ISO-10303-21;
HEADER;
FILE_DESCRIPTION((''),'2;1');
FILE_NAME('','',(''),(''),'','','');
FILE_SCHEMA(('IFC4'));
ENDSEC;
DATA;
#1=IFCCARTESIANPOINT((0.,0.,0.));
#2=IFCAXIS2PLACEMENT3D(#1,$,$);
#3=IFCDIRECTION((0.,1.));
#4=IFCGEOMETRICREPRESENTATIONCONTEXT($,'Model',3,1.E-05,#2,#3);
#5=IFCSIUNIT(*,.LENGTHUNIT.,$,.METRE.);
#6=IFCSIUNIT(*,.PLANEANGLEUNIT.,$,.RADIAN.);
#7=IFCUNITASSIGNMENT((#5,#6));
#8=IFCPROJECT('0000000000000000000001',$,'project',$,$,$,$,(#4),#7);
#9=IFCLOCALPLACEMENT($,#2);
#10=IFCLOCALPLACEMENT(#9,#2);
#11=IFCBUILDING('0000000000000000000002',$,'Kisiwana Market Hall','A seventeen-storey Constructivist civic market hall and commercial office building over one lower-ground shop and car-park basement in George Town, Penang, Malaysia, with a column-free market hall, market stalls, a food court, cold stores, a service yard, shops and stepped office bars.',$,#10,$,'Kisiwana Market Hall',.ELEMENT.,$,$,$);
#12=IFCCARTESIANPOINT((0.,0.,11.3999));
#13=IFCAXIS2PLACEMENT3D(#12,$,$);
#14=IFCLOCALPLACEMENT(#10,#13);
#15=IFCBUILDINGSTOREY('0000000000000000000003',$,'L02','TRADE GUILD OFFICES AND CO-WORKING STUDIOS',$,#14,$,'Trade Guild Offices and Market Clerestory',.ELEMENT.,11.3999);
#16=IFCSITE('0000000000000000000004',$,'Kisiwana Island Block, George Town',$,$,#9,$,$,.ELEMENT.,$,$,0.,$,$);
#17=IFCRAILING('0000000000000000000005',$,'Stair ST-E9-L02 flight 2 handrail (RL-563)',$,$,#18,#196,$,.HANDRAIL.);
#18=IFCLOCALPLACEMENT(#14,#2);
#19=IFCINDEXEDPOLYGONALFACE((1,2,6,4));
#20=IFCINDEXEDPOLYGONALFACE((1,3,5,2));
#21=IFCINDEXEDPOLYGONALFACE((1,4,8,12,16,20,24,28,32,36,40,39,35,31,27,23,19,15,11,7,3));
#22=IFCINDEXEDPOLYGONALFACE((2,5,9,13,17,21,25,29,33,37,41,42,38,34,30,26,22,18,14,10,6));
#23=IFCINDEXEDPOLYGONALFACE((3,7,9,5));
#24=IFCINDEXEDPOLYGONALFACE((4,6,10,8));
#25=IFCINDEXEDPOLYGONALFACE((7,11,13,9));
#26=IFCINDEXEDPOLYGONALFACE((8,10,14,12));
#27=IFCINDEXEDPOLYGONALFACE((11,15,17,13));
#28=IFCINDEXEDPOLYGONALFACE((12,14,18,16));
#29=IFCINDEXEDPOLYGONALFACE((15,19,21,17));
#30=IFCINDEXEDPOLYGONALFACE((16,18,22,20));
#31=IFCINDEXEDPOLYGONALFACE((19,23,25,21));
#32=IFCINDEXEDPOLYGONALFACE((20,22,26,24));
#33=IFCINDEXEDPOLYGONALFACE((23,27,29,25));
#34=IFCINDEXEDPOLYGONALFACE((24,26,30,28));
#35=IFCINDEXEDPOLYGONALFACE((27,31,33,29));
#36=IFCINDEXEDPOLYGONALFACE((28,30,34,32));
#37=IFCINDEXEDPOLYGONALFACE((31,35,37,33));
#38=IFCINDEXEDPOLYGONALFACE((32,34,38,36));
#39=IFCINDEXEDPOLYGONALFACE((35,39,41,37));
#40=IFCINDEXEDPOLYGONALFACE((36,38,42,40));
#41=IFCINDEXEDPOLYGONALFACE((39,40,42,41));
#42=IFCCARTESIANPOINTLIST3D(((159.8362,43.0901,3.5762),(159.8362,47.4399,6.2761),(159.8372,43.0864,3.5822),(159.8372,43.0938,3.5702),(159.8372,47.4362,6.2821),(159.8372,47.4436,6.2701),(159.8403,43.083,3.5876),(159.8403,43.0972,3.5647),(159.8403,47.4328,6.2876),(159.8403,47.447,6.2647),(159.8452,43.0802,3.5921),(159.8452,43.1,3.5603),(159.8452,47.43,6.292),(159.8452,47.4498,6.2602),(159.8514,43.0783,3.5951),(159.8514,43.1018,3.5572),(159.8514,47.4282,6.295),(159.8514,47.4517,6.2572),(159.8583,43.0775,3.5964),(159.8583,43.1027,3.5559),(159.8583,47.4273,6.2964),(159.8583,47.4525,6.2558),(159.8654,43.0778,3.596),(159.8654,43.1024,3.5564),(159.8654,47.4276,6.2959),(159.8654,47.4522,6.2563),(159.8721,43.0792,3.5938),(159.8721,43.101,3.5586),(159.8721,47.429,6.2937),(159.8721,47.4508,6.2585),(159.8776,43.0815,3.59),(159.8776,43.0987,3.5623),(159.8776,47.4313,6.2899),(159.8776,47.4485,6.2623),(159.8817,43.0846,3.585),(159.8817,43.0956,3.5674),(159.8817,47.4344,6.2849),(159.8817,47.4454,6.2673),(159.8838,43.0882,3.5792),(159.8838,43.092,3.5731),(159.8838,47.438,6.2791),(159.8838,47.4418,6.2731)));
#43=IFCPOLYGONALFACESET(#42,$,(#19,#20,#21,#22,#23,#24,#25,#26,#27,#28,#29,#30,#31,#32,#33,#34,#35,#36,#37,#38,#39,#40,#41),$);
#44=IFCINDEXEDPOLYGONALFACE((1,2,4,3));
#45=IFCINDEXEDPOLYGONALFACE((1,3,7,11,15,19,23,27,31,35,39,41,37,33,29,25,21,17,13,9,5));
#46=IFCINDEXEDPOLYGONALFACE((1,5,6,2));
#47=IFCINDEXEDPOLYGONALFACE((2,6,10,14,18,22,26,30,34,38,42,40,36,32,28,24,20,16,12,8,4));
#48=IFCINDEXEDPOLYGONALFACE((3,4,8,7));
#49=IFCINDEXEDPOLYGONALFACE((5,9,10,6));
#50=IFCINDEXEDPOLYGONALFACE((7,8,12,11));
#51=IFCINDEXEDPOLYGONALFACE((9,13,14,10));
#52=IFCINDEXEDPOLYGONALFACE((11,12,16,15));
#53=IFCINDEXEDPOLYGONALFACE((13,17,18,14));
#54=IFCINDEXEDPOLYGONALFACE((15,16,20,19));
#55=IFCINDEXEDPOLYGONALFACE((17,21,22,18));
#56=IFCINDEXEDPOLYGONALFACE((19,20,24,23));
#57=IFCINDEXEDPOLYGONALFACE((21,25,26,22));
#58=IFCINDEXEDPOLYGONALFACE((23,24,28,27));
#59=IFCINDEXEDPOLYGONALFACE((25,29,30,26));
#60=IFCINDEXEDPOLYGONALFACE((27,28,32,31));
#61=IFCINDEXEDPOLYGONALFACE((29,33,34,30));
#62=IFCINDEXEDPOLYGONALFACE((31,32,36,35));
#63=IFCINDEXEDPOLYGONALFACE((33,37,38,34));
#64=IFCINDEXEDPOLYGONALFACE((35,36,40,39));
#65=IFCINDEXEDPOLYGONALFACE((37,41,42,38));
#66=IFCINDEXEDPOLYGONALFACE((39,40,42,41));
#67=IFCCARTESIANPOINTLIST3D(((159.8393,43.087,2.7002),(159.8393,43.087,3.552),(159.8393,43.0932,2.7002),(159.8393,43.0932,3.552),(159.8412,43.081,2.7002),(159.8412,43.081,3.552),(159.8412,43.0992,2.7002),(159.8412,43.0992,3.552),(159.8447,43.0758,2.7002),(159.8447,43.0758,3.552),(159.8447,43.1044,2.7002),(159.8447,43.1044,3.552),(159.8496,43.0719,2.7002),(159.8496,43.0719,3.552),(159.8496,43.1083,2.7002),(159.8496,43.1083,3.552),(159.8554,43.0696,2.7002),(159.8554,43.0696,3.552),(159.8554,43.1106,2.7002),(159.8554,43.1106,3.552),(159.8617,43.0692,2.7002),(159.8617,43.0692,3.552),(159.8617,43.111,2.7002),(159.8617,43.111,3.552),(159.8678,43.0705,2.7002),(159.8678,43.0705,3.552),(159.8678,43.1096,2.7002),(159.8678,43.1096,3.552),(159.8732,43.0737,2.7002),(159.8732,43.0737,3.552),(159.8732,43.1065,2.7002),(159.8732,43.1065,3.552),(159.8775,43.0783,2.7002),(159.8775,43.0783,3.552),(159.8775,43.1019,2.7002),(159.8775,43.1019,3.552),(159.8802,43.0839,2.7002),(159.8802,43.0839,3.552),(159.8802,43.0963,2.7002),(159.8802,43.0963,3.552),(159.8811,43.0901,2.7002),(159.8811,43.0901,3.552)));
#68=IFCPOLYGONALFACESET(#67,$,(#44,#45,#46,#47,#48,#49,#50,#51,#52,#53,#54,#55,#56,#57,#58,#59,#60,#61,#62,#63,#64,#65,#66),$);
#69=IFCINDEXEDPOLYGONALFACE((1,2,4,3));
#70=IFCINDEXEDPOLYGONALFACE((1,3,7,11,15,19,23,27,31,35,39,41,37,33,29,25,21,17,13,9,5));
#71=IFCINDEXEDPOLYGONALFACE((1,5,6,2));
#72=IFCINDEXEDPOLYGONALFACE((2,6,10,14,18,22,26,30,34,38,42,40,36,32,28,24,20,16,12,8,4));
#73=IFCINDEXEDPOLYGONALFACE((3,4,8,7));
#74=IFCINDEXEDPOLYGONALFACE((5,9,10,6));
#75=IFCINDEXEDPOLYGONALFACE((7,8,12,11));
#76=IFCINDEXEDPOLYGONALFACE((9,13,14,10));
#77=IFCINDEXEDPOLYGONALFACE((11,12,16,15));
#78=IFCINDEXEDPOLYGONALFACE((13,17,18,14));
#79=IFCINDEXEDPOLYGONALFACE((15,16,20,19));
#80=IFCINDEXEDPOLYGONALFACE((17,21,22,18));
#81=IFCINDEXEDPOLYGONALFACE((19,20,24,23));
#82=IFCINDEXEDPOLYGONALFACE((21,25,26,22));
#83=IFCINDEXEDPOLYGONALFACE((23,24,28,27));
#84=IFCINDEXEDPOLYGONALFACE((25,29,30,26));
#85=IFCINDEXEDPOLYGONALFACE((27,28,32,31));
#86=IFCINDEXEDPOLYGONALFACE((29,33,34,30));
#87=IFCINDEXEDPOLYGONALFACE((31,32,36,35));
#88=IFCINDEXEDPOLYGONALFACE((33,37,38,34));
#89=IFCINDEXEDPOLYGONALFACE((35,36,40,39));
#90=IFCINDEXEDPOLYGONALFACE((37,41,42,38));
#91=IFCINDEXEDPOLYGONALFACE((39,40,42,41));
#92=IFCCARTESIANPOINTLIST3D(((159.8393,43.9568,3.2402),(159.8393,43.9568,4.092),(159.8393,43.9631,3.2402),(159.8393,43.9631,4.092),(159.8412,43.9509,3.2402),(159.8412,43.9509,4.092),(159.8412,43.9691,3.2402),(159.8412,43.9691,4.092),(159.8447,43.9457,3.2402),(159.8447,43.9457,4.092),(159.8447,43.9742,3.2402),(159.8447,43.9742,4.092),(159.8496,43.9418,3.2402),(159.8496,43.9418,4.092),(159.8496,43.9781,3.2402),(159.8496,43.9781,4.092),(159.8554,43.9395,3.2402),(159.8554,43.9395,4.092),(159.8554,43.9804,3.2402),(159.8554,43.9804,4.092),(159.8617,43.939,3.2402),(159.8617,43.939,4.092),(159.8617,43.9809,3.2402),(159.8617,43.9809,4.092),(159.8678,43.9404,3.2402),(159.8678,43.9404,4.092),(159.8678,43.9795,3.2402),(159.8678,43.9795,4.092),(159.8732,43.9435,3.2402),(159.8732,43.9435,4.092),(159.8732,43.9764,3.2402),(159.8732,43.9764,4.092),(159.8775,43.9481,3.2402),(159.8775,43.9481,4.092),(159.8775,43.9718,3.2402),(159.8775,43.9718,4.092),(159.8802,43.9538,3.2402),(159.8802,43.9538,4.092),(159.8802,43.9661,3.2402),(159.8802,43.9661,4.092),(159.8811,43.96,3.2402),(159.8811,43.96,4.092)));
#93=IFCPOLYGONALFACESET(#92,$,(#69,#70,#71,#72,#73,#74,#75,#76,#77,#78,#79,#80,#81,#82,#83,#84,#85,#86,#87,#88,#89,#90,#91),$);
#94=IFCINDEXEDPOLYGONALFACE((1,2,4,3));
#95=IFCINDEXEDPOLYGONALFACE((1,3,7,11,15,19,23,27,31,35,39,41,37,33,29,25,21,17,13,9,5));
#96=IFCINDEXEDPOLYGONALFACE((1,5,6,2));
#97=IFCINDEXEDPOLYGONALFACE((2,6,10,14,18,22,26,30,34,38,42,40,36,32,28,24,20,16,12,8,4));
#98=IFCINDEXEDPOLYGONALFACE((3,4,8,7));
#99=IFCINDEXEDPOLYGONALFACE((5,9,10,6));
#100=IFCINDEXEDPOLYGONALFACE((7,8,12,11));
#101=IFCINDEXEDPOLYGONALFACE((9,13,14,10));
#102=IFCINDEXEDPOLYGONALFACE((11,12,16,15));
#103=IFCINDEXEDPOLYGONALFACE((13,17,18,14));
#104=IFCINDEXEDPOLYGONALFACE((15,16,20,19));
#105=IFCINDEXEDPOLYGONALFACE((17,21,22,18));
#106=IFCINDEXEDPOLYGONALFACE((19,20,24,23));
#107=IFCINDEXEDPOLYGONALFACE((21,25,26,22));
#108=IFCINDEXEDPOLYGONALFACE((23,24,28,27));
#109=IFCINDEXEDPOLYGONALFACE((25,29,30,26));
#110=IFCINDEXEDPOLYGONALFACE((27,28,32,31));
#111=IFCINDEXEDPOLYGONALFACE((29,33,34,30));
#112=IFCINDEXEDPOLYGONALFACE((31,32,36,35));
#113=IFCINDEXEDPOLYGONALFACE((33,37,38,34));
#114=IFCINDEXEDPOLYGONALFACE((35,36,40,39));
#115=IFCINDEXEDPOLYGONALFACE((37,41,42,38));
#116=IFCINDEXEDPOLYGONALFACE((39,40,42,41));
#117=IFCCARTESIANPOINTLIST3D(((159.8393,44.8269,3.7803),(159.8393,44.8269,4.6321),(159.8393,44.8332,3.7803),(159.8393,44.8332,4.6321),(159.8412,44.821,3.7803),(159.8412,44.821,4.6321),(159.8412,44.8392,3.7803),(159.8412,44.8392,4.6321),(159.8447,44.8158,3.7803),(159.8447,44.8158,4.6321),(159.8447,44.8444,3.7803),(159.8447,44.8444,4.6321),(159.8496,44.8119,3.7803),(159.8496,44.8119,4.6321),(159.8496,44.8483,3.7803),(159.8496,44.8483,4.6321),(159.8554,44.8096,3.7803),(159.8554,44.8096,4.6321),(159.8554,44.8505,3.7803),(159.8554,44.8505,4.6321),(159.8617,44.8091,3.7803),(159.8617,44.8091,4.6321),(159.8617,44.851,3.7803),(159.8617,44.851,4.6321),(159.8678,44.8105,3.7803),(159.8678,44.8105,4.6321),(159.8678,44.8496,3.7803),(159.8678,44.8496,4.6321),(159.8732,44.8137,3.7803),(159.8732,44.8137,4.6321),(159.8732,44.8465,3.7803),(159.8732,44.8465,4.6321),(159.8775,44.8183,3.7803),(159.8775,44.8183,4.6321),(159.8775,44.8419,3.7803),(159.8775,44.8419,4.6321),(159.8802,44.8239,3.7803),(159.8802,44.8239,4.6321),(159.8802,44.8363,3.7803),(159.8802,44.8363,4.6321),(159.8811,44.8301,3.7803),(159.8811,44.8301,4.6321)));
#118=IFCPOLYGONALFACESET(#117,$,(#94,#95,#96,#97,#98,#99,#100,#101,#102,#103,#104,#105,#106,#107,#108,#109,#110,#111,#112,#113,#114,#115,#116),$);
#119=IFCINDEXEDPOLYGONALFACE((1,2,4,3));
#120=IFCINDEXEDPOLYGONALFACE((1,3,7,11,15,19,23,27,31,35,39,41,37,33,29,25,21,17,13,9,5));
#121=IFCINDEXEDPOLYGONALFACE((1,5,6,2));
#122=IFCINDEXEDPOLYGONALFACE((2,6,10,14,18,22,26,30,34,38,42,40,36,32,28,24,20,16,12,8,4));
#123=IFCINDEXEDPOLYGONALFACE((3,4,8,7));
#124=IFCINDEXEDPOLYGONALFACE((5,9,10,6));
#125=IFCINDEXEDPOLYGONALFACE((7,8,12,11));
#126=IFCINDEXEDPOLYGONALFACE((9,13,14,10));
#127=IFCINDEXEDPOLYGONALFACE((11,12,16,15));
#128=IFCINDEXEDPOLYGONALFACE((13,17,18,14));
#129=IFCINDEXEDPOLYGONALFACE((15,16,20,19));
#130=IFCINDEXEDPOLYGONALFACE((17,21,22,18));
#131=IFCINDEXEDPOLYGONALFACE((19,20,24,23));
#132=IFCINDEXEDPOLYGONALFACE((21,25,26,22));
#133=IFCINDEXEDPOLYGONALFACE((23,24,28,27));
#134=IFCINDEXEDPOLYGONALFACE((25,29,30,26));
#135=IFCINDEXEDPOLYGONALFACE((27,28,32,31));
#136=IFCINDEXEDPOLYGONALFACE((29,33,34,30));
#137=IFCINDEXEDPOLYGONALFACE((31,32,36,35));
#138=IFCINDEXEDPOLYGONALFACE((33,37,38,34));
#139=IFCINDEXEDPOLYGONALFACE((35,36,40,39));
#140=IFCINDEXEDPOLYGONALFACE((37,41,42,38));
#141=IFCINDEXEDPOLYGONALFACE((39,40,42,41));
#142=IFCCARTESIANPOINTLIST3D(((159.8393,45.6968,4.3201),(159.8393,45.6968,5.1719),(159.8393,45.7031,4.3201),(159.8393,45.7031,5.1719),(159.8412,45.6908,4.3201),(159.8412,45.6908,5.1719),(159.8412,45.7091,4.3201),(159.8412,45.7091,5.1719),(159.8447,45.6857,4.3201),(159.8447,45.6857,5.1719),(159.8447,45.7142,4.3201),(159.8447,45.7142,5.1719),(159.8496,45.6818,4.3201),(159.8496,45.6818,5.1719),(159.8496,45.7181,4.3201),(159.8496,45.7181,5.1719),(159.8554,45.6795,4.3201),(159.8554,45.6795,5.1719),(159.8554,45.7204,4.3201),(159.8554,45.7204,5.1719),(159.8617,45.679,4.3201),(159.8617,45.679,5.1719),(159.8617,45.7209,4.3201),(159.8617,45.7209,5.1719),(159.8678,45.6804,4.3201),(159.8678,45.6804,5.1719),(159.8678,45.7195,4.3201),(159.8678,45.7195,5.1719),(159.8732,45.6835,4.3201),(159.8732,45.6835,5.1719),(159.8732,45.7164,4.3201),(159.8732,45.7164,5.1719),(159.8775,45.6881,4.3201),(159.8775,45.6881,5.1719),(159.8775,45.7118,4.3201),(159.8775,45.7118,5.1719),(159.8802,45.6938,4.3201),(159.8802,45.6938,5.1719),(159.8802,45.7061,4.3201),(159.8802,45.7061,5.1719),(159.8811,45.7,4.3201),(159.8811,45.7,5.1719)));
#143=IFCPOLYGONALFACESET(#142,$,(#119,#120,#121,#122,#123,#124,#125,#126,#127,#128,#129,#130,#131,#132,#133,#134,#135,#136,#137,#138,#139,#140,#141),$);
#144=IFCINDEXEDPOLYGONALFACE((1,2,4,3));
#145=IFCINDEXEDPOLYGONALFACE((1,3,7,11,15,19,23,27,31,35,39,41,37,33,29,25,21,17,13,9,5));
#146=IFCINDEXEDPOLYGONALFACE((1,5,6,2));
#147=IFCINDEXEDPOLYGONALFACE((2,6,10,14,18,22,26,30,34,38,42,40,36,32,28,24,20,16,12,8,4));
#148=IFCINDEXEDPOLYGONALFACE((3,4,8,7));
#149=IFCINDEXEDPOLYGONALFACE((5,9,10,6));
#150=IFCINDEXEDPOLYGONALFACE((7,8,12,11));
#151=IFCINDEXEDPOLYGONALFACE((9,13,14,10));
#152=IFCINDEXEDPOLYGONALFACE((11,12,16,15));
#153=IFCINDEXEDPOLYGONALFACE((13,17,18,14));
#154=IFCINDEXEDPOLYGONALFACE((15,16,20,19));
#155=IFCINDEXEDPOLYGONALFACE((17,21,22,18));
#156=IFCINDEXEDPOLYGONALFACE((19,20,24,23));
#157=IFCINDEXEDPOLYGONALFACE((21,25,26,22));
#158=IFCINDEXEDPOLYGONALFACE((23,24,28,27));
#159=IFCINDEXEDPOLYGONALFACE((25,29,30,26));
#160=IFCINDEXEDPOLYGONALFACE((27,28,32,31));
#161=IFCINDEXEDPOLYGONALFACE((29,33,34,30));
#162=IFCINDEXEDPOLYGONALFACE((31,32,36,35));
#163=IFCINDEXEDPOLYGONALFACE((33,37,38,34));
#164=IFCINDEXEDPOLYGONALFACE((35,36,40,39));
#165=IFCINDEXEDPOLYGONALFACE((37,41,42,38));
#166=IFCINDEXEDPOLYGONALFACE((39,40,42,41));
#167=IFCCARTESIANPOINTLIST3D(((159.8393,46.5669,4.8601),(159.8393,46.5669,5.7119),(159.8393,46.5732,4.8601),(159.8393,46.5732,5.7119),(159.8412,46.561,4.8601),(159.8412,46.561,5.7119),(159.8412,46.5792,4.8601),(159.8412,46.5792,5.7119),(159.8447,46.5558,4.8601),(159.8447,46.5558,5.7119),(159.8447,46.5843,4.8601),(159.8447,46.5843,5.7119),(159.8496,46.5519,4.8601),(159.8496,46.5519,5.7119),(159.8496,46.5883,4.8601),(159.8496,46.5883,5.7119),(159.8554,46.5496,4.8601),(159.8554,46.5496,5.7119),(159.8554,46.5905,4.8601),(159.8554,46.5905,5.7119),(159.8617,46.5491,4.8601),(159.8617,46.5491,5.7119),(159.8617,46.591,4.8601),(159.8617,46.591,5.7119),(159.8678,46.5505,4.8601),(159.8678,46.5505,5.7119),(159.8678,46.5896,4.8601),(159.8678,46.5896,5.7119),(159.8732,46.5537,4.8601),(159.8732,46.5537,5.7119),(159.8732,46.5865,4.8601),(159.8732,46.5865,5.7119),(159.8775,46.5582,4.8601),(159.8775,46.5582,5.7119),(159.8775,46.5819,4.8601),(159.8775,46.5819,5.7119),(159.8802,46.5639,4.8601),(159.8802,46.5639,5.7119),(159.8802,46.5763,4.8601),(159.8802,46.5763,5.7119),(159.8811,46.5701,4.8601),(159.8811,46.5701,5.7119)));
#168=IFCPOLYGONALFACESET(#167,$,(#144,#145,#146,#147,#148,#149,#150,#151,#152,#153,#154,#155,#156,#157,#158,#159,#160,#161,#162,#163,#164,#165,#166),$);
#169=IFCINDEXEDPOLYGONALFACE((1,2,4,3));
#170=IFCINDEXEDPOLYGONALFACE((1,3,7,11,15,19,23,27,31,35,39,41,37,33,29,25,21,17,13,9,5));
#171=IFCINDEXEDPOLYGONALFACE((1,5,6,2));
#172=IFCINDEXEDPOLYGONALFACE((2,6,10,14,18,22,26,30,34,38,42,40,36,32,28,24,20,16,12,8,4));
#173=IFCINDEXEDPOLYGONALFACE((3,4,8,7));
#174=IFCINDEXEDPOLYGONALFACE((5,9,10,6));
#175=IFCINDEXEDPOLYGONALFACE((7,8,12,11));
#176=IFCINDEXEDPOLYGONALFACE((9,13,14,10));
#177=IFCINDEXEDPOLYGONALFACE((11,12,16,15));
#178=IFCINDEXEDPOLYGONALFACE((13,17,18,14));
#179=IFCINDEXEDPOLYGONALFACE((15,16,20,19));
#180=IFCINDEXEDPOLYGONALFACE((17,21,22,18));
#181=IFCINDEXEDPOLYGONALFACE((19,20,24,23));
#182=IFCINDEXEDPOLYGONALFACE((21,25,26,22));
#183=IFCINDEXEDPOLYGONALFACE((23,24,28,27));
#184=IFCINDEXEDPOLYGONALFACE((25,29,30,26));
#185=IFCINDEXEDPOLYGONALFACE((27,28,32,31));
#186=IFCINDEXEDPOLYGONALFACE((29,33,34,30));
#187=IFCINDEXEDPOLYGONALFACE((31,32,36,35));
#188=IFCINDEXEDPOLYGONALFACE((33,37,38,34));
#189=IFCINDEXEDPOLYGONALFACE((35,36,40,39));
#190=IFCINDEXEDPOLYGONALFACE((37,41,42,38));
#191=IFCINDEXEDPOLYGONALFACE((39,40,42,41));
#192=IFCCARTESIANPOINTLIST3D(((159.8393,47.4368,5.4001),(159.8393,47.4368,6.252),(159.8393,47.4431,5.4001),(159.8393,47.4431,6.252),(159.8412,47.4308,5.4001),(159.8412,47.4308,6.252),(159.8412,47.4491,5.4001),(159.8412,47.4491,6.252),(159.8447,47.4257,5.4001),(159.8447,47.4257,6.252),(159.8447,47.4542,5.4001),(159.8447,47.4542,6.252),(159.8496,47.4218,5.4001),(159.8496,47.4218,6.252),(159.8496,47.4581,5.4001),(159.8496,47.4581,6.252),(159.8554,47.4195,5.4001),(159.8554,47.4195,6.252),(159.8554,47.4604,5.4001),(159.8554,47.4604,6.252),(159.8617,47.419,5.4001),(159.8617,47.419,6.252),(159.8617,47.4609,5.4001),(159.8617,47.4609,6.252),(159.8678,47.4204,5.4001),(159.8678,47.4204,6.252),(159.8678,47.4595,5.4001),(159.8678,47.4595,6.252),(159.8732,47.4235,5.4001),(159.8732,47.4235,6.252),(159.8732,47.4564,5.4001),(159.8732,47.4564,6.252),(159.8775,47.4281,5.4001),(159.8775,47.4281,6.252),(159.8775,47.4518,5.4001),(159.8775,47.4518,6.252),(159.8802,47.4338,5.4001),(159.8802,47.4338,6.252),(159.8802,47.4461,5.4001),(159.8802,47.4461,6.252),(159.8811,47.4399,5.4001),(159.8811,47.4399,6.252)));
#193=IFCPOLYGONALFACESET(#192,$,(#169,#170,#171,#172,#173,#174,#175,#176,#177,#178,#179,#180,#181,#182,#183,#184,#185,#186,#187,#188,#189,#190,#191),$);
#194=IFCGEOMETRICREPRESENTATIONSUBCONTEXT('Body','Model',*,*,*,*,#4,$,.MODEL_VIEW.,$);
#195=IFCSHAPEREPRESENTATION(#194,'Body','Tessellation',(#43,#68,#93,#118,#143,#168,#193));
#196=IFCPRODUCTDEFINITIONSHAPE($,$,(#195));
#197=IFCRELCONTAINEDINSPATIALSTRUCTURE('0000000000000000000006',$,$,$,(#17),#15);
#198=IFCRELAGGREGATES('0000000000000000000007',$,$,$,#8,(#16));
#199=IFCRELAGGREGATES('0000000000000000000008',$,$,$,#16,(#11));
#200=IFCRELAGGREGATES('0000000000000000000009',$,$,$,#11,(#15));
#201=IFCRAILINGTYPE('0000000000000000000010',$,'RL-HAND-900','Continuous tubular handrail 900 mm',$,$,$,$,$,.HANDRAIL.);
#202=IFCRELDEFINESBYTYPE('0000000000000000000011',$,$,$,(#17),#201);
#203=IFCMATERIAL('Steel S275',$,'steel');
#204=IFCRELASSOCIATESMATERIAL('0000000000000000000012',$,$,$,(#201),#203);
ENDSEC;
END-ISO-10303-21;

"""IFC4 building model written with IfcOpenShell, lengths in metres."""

from ifc_helpers import new_model, si_unit, direction, frame, origin, origin_2d, place, context, subcontext, project, spatial, circle, extrude, material, type_object, element, save


model = new_model("IFC4")

# Units and contexts
model_context = context("Model", 3, precision=1e-05, world=origin(), true_north=direction((0.0, 1.0)))
body_context = subcontext(model_context, "Body", "Model", "MODEL_VIEW")
ifc_project = project(units=[si_unit("LENGTHUNIT", "METRE"), si_unit("PLANEANGLEUNIT", "RADIAN")], contexts=[model_context])

# Site, building, storey
site_placement = place(None, origin())
site = spatial("IfcSite", under=ifc_project, at=site_placement, Name="Kisiwana Island Block, George Town", CompositionType="ELEMENT", RefElevation=0.0)
building_placement = place(site_placement, origin())
building = spatial("IfcBuilding", under=site, at=building_placement, Name="Kisiwana Market Hall", Description="A seventeen-storey Constructivist civic market hall and commercial office building over one lower-ground shop and car-park basement in George Town, Penang, Malaysia, with a column-free market hall, market stalls, a food court, cold stores, a service yard, shops and stepped office bars.", LongName="Kisiwana Market Hall", CompositionType="ELEMENT")
storey_placement = place(building_placement, frame((0.0, 0.0, 11.3999)))
storey = spatial("IfcBuildingStorey", under=building, at=storey_placement, Name="L02", Description="TRADE GUILD OFFICES AND CO-WORKING STUDIOS", LongName="Trade Guild Offices and Market Clerestory", CompositionType="ELEMENT", Elevation=11.3999)

# Railing
ifc_material_1 = material(Name="Steel S275", Category="steel")
railing_type_1 = type_object("IfcRailingType", Name="RL-HAND-900", Description="Continuous tubular handrail 900 mm", PredefinedType="HANDRAIL", material=ifc_material_1)
railing_1_placement = place(storey_placement, frame((159.8601, 43.0901, 2.7002)))
element("IfcRailing", 1, at=railing_1_placement, inside=storey, type_object=railing_type_1, Name="Stair ST-E9-L02 flight 2 handrail (RL-563)", PredefinedType="HANDRAIL", context=body_context, shape_type="SweptSolid", body=[
    extrude(circle(Radius=0.0239, at=origin_2d()), frame((0.0, 0.0, 0.876), z_axis=(0.0, 0.849636, 0.527369), x_axis=(-1.0, 0.0, 0.0)), (0.0, 0.0, 1.0), 5.1196),
    extrude(circle(Radius=0.021, at=origin_2d()), origin(), (0.0, 0.0, 1.0), 0.8518),
    extrude(circle(Radius=0.021, at=origin_2d()), frame((0.0, 0.8699, 0.54)), (0.0, 0.0, 1.0), 0.8518),
    extrude(circle(Radius=0.021, at=origin_2d()), frame((0.0, 1.74, 1.0801)), (0.0, 0.0, 1.0), 0.8518),
    extrude(circle(Radius=0.021, at=origin_2d()), frame((0.0, 2.6099, 1.6199)), (0.0, 0.0, 1.0), 0.8518),
    extrude(circle(Radius=0.021, at=origin_2d()), frame((0.0, 3.48, 2.1599)), (0.0, 0.0, 1.0), 0.8518),
    extrude(circle(Radius=0.021, at=origin_2d()), frame((0.0, 4.3499, 2.7)), (0.0, 0.0, 1.0), 0.8518),
])

save(model, "model.ifc")
